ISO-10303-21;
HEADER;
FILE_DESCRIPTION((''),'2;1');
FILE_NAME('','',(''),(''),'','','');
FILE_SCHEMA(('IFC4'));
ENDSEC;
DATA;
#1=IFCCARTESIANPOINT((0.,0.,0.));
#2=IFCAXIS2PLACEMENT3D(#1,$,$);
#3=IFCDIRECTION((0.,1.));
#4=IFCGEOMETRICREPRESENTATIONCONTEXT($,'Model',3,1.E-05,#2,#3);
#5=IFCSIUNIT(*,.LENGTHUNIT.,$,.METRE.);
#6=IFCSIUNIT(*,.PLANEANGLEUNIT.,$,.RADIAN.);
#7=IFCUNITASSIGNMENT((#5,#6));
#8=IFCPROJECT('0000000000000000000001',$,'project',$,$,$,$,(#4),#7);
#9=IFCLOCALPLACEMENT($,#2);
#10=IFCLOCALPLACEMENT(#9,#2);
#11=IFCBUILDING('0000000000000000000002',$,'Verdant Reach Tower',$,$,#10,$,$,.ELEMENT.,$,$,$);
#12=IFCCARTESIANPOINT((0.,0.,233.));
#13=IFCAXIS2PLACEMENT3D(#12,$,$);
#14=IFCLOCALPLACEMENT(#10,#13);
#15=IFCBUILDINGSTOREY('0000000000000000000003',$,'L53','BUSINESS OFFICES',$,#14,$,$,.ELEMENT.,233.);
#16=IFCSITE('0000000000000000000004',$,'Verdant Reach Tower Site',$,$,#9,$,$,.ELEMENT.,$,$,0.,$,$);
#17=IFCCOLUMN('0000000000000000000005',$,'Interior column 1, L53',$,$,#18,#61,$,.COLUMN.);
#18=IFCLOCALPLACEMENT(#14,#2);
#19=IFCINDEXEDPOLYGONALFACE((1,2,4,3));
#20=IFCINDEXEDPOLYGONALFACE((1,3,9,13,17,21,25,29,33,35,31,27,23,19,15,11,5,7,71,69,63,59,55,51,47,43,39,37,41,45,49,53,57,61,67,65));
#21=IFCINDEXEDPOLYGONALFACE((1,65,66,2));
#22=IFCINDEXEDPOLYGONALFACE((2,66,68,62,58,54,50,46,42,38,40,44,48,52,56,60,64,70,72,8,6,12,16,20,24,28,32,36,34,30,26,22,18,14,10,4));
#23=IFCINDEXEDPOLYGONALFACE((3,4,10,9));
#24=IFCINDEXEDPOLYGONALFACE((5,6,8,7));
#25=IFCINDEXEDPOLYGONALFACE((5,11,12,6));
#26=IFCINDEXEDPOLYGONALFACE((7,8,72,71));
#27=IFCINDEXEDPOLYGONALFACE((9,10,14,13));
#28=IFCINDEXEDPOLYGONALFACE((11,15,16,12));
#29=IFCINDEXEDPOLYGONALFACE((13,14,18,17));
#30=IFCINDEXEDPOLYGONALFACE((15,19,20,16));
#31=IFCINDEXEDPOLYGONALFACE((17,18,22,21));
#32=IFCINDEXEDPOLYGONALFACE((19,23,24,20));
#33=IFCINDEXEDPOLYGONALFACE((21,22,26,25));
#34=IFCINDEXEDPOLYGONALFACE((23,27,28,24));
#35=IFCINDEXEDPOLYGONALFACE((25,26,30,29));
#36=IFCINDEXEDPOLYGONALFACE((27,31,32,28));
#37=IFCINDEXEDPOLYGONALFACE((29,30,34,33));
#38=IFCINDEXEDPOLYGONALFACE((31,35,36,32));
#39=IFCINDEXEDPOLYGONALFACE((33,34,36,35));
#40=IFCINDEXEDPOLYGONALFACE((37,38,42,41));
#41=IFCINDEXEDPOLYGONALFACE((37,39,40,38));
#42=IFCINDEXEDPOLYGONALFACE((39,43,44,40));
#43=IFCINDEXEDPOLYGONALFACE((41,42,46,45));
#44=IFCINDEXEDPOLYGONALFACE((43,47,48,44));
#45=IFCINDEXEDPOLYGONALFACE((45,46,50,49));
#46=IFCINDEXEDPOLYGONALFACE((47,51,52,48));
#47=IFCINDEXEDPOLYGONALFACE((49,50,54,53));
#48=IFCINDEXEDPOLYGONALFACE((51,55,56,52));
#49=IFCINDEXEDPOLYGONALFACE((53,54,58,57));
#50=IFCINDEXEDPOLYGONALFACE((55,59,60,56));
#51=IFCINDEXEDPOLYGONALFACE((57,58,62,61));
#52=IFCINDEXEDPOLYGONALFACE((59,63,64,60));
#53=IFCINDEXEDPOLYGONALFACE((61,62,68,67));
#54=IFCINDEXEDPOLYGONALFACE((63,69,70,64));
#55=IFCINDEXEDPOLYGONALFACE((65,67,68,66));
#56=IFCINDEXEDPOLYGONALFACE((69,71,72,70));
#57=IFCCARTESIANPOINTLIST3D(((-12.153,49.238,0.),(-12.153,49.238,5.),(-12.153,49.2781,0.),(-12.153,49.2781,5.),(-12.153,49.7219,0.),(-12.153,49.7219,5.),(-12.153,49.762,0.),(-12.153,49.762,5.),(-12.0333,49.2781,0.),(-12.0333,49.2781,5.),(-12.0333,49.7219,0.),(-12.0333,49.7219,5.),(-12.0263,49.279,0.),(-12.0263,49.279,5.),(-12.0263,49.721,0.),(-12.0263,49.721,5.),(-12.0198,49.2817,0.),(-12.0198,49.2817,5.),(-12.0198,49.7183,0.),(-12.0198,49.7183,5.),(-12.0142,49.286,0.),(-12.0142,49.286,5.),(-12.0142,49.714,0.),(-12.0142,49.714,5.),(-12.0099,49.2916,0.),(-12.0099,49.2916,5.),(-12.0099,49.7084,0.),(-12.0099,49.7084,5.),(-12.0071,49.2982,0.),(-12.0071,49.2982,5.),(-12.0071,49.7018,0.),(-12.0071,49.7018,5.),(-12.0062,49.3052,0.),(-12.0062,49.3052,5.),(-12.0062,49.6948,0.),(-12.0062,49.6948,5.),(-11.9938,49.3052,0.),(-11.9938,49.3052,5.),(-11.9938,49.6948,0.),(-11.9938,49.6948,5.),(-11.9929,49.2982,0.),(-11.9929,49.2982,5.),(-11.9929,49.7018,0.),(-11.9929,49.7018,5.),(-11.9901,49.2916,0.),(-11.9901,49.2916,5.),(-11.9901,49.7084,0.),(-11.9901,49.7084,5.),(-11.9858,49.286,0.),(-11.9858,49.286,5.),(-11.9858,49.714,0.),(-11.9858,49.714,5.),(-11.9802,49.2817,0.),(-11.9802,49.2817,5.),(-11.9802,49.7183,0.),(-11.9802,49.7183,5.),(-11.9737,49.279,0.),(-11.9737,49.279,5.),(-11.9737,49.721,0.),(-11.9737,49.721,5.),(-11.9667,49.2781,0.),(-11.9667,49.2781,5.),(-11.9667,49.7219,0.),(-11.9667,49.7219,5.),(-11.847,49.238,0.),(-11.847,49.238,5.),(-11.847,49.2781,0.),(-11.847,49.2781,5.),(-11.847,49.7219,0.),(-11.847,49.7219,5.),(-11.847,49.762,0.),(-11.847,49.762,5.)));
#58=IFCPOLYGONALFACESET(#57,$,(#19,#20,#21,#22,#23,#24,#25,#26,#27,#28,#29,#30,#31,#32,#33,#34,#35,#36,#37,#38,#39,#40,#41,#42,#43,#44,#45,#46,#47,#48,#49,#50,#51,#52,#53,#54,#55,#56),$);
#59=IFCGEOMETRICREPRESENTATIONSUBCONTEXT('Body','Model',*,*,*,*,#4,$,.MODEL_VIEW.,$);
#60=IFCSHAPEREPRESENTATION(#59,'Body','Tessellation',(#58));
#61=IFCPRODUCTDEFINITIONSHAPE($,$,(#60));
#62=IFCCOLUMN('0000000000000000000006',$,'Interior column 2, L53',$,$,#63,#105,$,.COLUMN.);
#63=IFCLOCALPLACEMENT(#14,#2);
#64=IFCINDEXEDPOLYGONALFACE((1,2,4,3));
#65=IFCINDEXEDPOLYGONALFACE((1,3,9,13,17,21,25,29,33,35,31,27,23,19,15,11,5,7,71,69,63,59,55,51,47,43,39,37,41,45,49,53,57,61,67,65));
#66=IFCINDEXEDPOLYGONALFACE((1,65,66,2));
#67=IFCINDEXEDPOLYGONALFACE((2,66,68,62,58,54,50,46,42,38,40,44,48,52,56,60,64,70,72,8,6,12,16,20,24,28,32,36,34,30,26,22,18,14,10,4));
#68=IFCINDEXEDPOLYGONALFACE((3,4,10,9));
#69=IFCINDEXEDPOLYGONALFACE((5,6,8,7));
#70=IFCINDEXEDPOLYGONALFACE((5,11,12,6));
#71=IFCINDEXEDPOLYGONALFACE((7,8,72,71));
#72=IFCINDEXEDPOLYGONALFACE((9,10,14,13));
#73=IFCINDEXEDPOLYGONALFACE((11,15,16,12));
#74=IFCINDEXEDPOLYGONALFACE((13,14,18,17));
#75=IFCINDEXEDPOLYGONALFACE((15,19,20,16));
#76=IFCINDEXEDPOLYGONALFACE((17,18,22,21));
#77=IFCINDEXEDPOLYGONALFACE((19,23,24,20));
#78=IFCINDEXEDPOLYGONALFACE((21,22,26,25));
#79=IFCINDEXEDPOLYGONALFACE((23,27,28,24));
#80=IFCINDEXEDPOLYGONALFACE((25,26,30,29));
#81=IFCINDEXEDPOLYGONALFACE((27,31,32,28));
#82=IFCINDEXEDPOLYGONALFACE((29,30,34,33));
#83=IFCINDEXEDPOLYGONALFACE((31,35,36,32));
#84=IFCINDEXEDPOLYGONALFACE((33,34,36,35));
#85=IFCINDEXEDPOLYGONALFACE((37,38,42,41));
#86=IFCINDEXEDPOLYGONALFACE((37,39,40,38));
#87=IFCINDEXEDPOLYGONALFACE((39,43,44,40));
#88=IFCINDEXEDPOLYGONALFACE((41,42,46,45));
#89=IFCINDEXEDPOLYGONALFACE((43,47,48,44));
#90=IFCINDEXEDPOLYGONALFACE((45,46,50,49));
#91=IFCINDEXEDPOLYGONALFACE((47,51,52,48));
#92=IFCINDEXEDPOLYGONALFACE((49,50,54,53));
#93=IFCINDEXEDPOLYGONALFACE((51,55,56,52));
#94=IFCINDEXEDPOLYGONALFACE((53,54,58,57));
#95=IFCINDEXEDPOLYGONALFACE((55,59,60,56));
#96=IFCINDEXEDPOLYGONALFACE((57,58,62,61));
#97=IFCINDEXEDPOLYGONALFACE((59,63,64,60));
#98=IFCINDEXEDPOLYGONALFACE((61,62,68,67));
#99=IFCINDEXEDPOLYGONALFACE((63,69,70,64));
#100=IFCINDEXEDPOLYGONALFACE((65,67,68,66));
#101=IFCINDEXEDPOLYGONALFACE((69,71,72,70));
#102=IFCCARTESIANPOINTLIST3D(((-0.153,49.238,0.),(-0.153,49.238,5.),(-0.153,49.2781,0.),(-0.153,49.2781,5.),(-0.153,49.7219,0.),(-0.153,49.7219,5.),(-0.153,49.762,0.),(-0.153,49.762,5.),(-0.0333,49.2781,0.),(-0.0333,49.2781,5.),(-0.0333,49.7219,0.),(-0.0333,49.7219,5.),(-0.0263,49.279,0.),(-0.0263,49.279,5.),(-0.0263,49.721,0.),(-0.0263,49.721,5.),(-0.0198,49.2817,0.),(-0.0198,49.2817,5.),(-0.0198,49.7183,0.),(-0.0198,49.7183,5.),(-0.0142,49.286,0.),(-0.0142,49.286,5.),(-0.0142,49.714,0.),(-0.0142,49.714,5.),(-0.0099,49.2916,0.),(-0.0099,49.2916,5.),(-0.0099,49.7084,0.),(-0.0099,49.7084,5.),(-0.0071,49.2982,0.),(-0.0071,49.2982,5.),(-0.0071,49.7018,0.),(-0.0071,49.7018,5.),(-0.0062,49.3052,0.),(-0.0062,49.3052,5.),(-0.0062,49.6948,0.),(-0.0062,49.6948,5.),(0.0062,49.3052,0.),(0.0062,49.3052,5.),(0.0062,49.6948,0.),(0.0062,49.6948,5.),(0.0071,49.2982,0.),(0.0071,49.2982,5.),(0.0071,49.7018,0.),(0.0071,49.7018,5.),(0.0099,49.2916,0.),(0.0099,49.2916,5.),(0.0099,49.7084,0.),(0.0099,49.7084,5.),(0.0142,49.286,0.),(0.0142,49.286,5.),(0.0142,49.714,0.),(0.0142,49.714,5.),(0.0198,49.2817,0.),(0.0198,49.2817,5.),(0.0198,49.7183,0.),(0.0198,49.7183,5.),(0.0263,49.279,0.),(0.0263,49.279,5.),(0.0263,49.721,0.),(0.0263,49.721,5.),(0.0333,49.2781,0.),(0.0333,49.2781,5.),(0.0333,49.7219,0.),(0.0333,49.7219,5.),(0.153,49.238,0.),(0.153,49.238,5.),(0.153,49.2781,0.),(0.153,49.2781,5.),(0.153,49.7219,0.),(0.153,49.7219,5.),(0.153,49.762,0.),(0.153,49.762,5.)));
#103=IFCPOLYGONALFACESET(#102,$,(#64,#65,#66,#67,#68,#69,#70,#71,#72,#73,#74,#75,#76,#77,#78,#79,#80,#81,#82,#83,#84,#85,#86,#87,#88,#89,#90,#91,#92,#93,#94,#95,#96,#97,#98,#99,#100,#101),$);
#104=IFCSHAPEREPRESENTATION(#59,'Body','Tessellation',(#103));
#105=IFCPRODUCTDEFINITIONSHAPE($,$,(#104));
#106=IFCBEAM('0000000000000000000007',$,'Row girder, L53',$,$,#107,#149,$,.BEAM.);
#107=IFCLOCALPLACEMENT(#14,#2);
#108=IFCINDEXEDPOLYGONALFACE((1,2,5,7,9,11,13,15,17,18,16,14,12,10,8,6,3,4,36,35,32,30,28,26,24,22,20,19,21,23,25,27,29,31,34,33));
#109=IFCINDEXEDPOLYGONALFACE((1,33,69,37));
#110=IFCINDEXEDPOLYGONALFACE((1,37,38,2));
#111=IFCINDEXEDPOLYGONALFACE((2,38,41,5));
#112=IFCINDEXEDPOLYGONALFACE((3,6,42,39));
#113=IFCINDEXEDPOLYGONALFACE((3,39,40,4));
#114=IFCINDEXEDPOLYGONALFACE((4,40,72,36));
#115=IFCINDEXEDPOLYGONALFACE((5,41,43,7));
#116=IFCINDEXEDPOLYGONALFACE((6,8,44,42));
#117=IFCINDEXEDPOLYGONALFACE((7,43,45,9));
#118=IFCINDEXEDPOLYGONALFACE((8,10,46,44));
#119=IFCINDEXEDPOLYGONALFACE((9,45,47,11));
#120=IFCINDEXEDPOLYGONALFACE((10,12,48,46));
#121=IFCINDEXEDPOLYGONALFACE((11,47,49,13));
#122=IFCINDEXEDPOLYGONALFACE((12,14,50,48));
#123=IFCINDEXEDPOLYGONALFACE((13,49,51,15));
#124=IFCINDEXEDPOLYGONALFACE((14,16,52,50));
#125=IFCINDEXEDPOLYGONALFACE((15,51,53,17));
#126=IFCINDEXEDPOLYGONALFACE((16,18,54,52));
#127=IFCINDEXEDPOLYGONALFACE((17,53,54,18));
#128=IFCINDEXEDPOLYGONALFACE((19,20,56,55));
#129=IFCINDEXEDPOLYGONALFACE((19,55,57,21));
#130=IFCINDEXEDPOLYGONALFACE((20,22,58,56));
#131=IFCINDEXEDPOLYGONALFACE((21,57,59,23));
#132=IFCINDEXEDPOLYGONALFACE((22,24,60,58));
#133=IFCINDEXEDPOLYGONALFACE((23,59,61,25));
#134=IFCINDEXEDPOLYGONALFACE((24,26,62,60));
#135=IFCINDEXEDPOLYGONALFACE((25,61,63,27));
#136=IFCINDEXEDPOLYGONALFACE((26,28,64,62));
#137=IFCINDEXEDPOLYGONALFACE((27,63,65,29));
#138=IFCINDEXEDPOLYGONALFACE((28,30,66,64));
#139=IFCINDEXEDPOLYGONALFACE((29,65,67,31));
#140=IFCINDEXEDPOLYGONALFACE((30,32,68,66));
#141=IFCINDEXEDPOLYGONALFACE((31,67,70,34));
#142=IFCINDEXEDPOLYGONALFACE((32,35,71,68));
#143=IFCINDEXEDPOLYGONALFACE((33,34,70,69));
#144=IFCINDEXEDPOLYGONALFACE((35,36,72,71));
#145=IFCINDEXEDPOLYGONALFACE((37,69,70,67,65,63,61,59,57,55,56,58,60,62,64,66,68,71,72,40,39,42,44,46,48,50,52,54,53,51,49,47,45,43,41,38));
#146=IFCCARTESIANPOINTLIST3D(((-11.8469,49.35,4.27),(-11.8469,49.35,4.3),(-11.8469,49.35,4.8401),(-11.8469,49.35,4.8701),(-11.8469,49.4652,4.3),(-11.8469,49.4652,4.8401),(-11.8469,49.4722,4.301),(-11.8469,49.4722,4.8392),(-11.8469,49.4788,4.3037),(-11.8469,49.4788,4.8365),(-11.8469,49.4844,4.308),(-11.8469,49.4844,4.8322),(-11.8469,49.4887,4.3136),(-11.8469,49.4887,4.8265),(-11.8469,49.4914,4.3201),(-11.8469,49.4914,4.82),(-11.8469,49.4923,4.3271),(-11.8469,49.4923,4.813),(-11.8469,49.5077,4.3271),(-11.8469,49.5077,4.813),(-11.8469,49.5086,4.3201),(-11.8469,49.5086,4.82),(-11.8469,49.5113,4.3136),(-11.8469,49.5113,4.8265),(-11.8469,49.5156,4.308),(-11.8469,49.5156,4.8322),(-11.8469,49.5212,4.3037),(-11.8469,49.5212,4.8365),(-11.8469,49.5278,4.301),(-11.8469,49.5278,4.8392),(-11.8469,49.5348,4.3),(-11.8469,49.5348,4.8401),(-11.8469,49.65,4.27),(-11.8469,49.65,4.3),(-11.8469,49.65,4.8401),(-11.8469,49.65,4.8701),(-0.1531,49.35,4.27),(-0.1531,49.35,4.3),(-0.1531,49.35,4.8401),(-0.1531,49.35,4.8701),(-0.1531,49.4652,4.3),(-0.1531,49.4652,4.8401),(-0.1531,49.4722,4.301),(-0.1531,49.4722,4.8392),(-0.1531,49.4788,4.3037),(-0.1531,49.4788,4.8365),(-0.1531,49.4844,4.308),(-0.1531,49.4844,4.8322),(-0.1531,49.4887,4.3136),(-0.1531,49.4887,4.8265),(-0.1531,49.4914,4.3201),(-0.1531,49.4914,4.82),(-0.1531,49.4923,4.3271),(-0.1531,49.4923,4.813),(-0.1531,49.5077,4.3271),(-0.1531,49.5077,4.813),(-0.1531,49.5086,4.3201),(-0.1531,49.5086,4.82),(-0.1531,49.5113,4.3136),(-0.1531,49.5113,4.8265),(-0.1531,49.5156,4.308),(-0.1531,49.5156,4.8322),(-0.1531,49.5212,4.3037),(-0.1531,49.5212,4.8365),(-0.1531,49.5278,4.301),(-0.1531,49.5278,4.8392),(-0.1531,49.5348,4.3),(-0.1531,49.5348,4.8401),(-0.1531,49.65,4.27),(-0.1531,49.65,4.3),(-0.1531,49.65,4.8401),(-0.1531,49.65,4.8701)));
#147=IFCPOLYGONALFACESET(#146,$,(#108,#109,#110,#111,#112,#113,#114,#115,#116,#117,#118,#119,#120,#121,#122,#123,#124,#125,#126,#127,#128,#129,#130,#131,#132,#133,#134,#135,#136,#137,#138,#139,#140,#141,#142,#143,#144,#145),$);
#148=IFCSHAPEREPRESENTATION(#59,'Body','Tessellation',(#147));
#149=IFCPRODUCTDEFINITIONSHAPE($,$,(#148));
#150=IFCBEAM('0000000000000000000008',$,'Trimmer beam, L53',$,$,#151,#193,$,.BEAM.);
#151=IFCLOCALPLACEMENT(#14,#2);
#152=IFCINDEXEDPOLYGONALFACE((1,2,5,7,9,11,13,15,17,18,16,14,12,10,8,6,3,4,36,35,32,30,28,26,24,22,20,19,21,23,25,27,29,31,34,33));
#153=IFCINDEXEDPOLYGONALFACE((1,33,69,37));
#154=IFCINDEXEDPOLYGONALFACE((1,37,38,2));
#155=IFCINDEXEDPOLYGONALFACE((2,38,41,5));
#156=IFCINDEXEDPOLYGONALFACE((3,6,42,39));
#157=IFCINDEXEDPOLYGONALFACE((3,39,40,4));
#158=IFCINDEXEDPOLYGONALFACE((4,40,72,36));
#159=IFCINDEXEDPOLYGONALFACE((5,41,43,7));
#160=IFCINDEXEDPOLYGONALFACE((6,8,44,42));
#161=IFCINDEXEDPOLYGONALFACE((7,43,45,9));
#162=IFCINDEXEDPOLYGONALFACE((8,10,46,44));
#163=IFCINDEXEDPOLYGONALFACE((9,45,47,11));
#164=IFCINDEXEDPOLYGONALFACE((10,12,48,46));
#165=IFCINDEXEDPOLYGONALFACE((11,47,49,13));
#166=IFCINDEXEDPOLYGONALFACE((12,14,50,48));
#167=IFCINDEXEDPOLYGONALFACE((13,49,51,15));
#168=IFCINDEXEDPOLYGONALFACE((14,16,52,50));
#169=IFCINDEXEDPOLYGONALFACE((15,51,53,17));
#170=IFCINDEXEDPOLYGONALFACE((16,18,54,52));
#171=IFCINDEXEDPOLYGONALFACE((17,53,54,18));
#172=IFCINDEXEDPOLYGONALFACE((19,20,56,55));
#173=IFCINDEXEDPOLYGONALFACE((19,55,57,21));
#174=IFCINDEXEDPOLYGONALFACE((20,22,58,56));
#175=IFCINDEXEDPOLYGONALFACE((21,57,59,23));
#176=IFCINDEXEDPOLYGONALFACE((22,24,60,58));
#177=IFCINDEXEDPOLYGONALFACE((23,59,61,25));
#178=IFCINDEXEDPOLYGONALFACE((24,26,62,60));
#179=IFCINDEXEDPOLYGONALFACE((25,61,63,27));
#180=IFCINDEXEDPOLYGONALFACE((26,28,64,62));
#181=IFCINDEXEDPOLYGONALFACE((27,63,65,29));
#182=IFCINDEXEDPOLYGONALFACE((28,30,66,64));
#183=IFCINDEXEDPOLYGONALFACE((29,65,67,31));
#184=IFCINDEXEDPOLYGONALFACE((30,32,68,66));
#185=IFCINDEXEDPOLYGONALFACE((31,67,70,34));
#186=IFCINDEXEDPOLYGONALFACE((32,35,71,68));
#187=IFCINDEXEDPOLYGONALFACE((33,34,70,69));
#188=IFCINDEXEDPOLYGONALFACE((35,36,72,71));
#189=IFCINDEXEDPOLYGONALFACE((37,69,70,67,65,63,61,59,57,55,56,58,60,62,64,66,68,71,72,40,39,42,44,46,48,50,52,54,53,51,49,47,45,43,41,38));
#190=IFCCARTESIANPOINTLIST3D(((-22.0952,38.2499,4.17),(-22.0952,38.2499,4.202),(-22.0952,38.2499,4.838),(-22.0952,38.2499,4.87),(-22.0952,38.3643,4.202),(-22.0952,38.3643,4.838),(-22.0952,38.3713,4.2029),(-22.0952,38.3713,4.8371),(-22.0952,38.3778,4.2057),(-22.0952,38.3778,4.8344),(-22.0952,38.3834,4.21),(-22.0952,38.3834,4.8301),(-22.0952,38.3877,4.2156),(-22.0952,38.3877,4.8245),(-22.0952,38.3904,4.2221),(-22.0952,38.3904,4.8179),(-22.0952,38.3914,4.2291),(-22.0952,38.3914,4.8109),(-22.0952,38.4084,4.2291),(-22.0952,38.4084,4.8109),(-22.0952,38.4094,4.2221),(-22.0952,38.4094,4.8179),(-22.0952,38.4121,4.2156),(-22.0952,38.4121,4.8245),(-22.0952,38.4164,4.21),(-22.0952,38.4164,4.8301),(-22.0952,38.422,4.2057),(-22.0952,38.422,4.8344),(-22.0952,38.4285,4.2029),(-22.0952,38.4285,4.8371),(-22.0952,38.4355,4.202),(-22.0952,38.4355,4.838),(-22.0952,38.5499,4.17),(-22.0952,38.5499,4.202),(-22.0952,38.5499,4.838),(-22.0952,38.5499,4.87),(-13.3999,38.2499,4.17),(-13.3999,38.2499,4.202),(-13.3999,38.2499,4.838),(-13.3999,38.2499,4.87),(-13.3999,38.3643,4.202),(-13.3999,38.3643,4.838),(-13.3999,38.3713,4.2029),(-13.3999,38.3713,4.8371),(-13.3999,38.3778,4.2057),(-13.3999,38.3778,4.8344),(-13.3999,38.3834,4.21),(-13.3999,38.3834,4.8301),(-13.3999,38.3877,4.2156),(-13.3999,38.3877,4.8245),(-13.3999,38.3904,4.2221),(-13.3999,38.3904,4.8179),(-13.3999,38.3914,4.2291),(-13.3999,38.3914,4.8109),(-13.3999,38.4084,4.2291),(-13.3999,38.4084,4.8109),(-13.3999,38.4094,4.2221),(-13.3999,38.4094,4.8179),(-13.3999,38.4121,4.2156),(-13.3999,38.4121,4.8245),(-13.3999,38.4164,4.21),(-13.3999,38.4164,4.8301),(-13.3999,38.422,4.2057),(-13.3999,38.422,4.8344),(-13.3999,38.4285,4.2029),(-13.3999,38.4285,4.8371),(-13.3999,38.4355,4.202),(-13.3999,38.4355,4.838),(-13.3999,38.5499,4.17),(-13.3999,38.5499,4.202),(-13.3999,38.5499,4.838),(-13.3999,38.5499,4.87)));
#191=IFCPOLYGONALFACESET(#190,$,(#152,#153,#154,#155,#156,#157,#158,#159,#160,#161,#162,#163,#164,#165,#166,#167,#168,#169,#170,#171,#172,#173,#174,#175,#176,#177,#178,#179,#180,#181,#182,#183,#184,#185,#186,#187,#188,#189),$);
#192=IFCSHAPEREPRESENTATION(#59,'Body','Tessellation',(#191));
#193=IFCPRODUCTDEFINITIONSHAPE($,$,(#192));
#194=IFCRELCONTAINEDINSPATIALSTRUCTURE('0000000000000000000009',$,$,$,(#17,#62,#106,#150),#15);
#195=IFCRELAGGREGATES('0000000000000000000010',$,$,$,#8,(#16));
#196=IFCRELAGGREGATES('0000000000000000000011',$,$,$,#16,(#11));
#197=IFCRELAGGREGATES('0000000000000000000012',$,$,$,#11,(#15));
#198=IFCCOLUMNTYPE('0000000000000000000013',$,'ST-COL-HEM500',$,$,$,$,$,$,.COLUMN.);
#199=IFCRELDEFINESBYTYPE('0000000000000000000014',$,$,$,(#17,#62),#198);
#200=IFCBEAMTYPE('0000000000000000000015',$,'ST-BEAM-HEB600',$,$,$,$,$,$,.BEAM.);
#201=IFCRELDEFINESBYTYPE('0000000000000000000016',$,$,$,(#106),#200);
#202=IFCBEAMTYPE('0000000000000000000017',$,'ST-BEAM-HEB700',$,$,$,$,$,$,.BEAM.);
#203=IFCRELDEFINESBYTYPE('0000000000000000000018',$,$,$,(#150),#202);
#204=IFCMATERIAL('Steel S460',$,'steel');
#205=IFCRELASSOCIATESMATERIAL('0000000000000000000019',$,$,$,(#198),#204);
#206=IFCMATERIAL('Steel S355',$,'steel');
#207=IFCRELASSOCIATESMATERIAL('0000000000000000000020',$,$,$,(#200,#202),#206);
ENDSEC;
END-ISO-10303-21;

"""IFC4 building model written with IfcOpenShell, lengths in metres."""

from ifc_helpers import new_model, si_unit, direction, frame, origin, origin_2d, place, context, subcontext, project, spatial, i_section, extrude, material, material_profile, profile_set, type_object, element, save


model = new_model("IFC4")

# Units and contexts
model_context = context("Model", 3, precision=1e-05, world=origin(), true_north=direction((0.0, 1.0)))
body_context = subcontext(model_context, "Body", "Model", "MODEL_VIEW")
ifc_project = project(units=[si_unit("LENGTHUNIT", "METRE"), si_unit("PLANEANGLEUNIT", "RADIAN")], contexts=[model_context])

# Site, building, storey
site_placement = place(None, origin())
site = spatial("IfcSite", under=ifc_project, at=site_placement, Name="Verdant Reach Tower Site", CompositionType="ELEMENT", RefElevation=0.0)
building_placement = place(site_placement, origin())
building = spatial("IfcBuilding", under=site, at=building_placement, Name="Verdant Reach Tower", CompositionType="ELEMENT")
storey_placement = place(building_placement, frame((0.0, 0.0, 233.0)))
storey = spatial("IfcBuildingStorey", under=building, at=storey_placement, Name="L53", Description="BUSINESS OFFICES", CompositionType="ELEMENT", Elevation=233.0)

# Columns
ifc_material_1 = material(Name="Steel S460", Category="steel")
ifc_material_profile_1 = material_profile(ifc_material_1, i_section(OverallWidth=0.3059, OverallDepth=0.5239, WebThickness=0.0125, FlangeThickness=0.04, FilletRadius=0.0271, at=origin_2d()), Name="HEM 500")
ifc_profile_set_1 = profile_set([ifc_material_profile_1], Name="Steel S460")
column_type = type_object("IfcColumnType", Name="ST-COL-HEM500", PredefinedType="COLUMN", material=ifc_profile_set_1)
for number, where, z_axis, x_axis, name in (
    (1, (-12.0, 49.5, 0.0), (0.0, 0.0, 1.0), (1.0, 0.0, 0.0), "Interior column 1, L53"),
    (2, (0.0, 49.5, 0.0), (0.0, 0.0, 1.0), (1.0, 0.0, 0.0), "Interior column 2, L53"),
):
    element("IfcColumn", number, at=place(storey_placement, frame(where, z_axis=z_axis, x_axis=x_axis)), inside=storey, type_object=column_type, Name=name, PredefinedType="COLUMN", context=body_context, shape_type="SweptSolid", body=[
        extrude(i_section(OverallWidth=0.3059, OverallDepth=0.5239, WebThickness=0.0125, FlangeThickness=0.04, FilletRadius=0.0271, at=origin_2d()), origin(), (0.0, 0.0, 1.0), 5.0),
    ])

# Beams
ifc_material_2 = material(Name="Steel S355", Category="steel")
ifc_material_profile_2 = material_profile(ifc_material_2, i_section(OverallWidth=0.3, OverallDepth=0.6001, WebThickness=0.0154, FlangeThickness=0.03, FilletRadius=0.0271, at=origin_2d()), Name="HEB 600")
ifc_profile_set_2 = profile_set([ifc_material_profile_2], Name="Steel S355")
beam_type_1 = type_object("IfcBeamType", Name="ST-BEAM-HEB600", PredefinedType="BEAM", material=ifc_profile_set_2)
beam_1_placement = place(storey_placement, frame((-11.8469, 49.5, 4.5701), z_axis=(1.0, 0.0, 0.0), x_axis=(0.0, 1.0, 0.0)))
element("IfcBeam", 3, at=beam_1_placement, inside=storey, type_object=beam_type_1, Name="Row girder, L53", PredefinedType="BEAM", context=body_context, shape_type="SweptSolid", body=[
    extrude(i_section(OverallWidth=0.3, OverallDepth=0.6001, WebThickness=0.0154, FlangeThickness=0.03, FilletRadius=0.0271, at=origin_2d()), origin(), (0.0, 0.0, 1.0), 11.6938),
])
ifc_material_profile_3 = material_profile(ifc_material_2, i_section(OverallWidth=0.3, OverallDepth=0.7, WebThickness=0.0171, FlangeThickness=0.032, FilletRadius=0.0271, at=origin_2d()), Name="HEB 700")
ifc_profile_set_3 = profile_set([ifc_material_profile_3], Name="Steel S355")
beam_type_2 = type_object("IfcBeamType", Name="ST-BEAM-HEB700", PredefinedType="BEAM", material=ifc_profile_set_3)
beam_2_placement = place(storey_placement, frame((-13.3999, 38.3999, 4.52), z_axis=(-1.0, 0.0, 0.0), x_axis=(0.0, -1.0, 0.0)))
element("IfcBeam", 4, at=beam_2_placement, inside=storey, type_object=beam_type_2, Name="Trimmer beam, L53", PredefinedType="BEAM", context=body_context, shape_type="SweptSolid", body=[
    extrude(i_section(OverallWidth=0.3, OverallDepth=0.7, WebThickness=0.0171, FlangeThickness=0.032, FilletRadius=0.0271, at=origin_2d()), origin(), (0.0, 0.0, 1.0), 8.6953),
])

save(model, "model.ifc")
